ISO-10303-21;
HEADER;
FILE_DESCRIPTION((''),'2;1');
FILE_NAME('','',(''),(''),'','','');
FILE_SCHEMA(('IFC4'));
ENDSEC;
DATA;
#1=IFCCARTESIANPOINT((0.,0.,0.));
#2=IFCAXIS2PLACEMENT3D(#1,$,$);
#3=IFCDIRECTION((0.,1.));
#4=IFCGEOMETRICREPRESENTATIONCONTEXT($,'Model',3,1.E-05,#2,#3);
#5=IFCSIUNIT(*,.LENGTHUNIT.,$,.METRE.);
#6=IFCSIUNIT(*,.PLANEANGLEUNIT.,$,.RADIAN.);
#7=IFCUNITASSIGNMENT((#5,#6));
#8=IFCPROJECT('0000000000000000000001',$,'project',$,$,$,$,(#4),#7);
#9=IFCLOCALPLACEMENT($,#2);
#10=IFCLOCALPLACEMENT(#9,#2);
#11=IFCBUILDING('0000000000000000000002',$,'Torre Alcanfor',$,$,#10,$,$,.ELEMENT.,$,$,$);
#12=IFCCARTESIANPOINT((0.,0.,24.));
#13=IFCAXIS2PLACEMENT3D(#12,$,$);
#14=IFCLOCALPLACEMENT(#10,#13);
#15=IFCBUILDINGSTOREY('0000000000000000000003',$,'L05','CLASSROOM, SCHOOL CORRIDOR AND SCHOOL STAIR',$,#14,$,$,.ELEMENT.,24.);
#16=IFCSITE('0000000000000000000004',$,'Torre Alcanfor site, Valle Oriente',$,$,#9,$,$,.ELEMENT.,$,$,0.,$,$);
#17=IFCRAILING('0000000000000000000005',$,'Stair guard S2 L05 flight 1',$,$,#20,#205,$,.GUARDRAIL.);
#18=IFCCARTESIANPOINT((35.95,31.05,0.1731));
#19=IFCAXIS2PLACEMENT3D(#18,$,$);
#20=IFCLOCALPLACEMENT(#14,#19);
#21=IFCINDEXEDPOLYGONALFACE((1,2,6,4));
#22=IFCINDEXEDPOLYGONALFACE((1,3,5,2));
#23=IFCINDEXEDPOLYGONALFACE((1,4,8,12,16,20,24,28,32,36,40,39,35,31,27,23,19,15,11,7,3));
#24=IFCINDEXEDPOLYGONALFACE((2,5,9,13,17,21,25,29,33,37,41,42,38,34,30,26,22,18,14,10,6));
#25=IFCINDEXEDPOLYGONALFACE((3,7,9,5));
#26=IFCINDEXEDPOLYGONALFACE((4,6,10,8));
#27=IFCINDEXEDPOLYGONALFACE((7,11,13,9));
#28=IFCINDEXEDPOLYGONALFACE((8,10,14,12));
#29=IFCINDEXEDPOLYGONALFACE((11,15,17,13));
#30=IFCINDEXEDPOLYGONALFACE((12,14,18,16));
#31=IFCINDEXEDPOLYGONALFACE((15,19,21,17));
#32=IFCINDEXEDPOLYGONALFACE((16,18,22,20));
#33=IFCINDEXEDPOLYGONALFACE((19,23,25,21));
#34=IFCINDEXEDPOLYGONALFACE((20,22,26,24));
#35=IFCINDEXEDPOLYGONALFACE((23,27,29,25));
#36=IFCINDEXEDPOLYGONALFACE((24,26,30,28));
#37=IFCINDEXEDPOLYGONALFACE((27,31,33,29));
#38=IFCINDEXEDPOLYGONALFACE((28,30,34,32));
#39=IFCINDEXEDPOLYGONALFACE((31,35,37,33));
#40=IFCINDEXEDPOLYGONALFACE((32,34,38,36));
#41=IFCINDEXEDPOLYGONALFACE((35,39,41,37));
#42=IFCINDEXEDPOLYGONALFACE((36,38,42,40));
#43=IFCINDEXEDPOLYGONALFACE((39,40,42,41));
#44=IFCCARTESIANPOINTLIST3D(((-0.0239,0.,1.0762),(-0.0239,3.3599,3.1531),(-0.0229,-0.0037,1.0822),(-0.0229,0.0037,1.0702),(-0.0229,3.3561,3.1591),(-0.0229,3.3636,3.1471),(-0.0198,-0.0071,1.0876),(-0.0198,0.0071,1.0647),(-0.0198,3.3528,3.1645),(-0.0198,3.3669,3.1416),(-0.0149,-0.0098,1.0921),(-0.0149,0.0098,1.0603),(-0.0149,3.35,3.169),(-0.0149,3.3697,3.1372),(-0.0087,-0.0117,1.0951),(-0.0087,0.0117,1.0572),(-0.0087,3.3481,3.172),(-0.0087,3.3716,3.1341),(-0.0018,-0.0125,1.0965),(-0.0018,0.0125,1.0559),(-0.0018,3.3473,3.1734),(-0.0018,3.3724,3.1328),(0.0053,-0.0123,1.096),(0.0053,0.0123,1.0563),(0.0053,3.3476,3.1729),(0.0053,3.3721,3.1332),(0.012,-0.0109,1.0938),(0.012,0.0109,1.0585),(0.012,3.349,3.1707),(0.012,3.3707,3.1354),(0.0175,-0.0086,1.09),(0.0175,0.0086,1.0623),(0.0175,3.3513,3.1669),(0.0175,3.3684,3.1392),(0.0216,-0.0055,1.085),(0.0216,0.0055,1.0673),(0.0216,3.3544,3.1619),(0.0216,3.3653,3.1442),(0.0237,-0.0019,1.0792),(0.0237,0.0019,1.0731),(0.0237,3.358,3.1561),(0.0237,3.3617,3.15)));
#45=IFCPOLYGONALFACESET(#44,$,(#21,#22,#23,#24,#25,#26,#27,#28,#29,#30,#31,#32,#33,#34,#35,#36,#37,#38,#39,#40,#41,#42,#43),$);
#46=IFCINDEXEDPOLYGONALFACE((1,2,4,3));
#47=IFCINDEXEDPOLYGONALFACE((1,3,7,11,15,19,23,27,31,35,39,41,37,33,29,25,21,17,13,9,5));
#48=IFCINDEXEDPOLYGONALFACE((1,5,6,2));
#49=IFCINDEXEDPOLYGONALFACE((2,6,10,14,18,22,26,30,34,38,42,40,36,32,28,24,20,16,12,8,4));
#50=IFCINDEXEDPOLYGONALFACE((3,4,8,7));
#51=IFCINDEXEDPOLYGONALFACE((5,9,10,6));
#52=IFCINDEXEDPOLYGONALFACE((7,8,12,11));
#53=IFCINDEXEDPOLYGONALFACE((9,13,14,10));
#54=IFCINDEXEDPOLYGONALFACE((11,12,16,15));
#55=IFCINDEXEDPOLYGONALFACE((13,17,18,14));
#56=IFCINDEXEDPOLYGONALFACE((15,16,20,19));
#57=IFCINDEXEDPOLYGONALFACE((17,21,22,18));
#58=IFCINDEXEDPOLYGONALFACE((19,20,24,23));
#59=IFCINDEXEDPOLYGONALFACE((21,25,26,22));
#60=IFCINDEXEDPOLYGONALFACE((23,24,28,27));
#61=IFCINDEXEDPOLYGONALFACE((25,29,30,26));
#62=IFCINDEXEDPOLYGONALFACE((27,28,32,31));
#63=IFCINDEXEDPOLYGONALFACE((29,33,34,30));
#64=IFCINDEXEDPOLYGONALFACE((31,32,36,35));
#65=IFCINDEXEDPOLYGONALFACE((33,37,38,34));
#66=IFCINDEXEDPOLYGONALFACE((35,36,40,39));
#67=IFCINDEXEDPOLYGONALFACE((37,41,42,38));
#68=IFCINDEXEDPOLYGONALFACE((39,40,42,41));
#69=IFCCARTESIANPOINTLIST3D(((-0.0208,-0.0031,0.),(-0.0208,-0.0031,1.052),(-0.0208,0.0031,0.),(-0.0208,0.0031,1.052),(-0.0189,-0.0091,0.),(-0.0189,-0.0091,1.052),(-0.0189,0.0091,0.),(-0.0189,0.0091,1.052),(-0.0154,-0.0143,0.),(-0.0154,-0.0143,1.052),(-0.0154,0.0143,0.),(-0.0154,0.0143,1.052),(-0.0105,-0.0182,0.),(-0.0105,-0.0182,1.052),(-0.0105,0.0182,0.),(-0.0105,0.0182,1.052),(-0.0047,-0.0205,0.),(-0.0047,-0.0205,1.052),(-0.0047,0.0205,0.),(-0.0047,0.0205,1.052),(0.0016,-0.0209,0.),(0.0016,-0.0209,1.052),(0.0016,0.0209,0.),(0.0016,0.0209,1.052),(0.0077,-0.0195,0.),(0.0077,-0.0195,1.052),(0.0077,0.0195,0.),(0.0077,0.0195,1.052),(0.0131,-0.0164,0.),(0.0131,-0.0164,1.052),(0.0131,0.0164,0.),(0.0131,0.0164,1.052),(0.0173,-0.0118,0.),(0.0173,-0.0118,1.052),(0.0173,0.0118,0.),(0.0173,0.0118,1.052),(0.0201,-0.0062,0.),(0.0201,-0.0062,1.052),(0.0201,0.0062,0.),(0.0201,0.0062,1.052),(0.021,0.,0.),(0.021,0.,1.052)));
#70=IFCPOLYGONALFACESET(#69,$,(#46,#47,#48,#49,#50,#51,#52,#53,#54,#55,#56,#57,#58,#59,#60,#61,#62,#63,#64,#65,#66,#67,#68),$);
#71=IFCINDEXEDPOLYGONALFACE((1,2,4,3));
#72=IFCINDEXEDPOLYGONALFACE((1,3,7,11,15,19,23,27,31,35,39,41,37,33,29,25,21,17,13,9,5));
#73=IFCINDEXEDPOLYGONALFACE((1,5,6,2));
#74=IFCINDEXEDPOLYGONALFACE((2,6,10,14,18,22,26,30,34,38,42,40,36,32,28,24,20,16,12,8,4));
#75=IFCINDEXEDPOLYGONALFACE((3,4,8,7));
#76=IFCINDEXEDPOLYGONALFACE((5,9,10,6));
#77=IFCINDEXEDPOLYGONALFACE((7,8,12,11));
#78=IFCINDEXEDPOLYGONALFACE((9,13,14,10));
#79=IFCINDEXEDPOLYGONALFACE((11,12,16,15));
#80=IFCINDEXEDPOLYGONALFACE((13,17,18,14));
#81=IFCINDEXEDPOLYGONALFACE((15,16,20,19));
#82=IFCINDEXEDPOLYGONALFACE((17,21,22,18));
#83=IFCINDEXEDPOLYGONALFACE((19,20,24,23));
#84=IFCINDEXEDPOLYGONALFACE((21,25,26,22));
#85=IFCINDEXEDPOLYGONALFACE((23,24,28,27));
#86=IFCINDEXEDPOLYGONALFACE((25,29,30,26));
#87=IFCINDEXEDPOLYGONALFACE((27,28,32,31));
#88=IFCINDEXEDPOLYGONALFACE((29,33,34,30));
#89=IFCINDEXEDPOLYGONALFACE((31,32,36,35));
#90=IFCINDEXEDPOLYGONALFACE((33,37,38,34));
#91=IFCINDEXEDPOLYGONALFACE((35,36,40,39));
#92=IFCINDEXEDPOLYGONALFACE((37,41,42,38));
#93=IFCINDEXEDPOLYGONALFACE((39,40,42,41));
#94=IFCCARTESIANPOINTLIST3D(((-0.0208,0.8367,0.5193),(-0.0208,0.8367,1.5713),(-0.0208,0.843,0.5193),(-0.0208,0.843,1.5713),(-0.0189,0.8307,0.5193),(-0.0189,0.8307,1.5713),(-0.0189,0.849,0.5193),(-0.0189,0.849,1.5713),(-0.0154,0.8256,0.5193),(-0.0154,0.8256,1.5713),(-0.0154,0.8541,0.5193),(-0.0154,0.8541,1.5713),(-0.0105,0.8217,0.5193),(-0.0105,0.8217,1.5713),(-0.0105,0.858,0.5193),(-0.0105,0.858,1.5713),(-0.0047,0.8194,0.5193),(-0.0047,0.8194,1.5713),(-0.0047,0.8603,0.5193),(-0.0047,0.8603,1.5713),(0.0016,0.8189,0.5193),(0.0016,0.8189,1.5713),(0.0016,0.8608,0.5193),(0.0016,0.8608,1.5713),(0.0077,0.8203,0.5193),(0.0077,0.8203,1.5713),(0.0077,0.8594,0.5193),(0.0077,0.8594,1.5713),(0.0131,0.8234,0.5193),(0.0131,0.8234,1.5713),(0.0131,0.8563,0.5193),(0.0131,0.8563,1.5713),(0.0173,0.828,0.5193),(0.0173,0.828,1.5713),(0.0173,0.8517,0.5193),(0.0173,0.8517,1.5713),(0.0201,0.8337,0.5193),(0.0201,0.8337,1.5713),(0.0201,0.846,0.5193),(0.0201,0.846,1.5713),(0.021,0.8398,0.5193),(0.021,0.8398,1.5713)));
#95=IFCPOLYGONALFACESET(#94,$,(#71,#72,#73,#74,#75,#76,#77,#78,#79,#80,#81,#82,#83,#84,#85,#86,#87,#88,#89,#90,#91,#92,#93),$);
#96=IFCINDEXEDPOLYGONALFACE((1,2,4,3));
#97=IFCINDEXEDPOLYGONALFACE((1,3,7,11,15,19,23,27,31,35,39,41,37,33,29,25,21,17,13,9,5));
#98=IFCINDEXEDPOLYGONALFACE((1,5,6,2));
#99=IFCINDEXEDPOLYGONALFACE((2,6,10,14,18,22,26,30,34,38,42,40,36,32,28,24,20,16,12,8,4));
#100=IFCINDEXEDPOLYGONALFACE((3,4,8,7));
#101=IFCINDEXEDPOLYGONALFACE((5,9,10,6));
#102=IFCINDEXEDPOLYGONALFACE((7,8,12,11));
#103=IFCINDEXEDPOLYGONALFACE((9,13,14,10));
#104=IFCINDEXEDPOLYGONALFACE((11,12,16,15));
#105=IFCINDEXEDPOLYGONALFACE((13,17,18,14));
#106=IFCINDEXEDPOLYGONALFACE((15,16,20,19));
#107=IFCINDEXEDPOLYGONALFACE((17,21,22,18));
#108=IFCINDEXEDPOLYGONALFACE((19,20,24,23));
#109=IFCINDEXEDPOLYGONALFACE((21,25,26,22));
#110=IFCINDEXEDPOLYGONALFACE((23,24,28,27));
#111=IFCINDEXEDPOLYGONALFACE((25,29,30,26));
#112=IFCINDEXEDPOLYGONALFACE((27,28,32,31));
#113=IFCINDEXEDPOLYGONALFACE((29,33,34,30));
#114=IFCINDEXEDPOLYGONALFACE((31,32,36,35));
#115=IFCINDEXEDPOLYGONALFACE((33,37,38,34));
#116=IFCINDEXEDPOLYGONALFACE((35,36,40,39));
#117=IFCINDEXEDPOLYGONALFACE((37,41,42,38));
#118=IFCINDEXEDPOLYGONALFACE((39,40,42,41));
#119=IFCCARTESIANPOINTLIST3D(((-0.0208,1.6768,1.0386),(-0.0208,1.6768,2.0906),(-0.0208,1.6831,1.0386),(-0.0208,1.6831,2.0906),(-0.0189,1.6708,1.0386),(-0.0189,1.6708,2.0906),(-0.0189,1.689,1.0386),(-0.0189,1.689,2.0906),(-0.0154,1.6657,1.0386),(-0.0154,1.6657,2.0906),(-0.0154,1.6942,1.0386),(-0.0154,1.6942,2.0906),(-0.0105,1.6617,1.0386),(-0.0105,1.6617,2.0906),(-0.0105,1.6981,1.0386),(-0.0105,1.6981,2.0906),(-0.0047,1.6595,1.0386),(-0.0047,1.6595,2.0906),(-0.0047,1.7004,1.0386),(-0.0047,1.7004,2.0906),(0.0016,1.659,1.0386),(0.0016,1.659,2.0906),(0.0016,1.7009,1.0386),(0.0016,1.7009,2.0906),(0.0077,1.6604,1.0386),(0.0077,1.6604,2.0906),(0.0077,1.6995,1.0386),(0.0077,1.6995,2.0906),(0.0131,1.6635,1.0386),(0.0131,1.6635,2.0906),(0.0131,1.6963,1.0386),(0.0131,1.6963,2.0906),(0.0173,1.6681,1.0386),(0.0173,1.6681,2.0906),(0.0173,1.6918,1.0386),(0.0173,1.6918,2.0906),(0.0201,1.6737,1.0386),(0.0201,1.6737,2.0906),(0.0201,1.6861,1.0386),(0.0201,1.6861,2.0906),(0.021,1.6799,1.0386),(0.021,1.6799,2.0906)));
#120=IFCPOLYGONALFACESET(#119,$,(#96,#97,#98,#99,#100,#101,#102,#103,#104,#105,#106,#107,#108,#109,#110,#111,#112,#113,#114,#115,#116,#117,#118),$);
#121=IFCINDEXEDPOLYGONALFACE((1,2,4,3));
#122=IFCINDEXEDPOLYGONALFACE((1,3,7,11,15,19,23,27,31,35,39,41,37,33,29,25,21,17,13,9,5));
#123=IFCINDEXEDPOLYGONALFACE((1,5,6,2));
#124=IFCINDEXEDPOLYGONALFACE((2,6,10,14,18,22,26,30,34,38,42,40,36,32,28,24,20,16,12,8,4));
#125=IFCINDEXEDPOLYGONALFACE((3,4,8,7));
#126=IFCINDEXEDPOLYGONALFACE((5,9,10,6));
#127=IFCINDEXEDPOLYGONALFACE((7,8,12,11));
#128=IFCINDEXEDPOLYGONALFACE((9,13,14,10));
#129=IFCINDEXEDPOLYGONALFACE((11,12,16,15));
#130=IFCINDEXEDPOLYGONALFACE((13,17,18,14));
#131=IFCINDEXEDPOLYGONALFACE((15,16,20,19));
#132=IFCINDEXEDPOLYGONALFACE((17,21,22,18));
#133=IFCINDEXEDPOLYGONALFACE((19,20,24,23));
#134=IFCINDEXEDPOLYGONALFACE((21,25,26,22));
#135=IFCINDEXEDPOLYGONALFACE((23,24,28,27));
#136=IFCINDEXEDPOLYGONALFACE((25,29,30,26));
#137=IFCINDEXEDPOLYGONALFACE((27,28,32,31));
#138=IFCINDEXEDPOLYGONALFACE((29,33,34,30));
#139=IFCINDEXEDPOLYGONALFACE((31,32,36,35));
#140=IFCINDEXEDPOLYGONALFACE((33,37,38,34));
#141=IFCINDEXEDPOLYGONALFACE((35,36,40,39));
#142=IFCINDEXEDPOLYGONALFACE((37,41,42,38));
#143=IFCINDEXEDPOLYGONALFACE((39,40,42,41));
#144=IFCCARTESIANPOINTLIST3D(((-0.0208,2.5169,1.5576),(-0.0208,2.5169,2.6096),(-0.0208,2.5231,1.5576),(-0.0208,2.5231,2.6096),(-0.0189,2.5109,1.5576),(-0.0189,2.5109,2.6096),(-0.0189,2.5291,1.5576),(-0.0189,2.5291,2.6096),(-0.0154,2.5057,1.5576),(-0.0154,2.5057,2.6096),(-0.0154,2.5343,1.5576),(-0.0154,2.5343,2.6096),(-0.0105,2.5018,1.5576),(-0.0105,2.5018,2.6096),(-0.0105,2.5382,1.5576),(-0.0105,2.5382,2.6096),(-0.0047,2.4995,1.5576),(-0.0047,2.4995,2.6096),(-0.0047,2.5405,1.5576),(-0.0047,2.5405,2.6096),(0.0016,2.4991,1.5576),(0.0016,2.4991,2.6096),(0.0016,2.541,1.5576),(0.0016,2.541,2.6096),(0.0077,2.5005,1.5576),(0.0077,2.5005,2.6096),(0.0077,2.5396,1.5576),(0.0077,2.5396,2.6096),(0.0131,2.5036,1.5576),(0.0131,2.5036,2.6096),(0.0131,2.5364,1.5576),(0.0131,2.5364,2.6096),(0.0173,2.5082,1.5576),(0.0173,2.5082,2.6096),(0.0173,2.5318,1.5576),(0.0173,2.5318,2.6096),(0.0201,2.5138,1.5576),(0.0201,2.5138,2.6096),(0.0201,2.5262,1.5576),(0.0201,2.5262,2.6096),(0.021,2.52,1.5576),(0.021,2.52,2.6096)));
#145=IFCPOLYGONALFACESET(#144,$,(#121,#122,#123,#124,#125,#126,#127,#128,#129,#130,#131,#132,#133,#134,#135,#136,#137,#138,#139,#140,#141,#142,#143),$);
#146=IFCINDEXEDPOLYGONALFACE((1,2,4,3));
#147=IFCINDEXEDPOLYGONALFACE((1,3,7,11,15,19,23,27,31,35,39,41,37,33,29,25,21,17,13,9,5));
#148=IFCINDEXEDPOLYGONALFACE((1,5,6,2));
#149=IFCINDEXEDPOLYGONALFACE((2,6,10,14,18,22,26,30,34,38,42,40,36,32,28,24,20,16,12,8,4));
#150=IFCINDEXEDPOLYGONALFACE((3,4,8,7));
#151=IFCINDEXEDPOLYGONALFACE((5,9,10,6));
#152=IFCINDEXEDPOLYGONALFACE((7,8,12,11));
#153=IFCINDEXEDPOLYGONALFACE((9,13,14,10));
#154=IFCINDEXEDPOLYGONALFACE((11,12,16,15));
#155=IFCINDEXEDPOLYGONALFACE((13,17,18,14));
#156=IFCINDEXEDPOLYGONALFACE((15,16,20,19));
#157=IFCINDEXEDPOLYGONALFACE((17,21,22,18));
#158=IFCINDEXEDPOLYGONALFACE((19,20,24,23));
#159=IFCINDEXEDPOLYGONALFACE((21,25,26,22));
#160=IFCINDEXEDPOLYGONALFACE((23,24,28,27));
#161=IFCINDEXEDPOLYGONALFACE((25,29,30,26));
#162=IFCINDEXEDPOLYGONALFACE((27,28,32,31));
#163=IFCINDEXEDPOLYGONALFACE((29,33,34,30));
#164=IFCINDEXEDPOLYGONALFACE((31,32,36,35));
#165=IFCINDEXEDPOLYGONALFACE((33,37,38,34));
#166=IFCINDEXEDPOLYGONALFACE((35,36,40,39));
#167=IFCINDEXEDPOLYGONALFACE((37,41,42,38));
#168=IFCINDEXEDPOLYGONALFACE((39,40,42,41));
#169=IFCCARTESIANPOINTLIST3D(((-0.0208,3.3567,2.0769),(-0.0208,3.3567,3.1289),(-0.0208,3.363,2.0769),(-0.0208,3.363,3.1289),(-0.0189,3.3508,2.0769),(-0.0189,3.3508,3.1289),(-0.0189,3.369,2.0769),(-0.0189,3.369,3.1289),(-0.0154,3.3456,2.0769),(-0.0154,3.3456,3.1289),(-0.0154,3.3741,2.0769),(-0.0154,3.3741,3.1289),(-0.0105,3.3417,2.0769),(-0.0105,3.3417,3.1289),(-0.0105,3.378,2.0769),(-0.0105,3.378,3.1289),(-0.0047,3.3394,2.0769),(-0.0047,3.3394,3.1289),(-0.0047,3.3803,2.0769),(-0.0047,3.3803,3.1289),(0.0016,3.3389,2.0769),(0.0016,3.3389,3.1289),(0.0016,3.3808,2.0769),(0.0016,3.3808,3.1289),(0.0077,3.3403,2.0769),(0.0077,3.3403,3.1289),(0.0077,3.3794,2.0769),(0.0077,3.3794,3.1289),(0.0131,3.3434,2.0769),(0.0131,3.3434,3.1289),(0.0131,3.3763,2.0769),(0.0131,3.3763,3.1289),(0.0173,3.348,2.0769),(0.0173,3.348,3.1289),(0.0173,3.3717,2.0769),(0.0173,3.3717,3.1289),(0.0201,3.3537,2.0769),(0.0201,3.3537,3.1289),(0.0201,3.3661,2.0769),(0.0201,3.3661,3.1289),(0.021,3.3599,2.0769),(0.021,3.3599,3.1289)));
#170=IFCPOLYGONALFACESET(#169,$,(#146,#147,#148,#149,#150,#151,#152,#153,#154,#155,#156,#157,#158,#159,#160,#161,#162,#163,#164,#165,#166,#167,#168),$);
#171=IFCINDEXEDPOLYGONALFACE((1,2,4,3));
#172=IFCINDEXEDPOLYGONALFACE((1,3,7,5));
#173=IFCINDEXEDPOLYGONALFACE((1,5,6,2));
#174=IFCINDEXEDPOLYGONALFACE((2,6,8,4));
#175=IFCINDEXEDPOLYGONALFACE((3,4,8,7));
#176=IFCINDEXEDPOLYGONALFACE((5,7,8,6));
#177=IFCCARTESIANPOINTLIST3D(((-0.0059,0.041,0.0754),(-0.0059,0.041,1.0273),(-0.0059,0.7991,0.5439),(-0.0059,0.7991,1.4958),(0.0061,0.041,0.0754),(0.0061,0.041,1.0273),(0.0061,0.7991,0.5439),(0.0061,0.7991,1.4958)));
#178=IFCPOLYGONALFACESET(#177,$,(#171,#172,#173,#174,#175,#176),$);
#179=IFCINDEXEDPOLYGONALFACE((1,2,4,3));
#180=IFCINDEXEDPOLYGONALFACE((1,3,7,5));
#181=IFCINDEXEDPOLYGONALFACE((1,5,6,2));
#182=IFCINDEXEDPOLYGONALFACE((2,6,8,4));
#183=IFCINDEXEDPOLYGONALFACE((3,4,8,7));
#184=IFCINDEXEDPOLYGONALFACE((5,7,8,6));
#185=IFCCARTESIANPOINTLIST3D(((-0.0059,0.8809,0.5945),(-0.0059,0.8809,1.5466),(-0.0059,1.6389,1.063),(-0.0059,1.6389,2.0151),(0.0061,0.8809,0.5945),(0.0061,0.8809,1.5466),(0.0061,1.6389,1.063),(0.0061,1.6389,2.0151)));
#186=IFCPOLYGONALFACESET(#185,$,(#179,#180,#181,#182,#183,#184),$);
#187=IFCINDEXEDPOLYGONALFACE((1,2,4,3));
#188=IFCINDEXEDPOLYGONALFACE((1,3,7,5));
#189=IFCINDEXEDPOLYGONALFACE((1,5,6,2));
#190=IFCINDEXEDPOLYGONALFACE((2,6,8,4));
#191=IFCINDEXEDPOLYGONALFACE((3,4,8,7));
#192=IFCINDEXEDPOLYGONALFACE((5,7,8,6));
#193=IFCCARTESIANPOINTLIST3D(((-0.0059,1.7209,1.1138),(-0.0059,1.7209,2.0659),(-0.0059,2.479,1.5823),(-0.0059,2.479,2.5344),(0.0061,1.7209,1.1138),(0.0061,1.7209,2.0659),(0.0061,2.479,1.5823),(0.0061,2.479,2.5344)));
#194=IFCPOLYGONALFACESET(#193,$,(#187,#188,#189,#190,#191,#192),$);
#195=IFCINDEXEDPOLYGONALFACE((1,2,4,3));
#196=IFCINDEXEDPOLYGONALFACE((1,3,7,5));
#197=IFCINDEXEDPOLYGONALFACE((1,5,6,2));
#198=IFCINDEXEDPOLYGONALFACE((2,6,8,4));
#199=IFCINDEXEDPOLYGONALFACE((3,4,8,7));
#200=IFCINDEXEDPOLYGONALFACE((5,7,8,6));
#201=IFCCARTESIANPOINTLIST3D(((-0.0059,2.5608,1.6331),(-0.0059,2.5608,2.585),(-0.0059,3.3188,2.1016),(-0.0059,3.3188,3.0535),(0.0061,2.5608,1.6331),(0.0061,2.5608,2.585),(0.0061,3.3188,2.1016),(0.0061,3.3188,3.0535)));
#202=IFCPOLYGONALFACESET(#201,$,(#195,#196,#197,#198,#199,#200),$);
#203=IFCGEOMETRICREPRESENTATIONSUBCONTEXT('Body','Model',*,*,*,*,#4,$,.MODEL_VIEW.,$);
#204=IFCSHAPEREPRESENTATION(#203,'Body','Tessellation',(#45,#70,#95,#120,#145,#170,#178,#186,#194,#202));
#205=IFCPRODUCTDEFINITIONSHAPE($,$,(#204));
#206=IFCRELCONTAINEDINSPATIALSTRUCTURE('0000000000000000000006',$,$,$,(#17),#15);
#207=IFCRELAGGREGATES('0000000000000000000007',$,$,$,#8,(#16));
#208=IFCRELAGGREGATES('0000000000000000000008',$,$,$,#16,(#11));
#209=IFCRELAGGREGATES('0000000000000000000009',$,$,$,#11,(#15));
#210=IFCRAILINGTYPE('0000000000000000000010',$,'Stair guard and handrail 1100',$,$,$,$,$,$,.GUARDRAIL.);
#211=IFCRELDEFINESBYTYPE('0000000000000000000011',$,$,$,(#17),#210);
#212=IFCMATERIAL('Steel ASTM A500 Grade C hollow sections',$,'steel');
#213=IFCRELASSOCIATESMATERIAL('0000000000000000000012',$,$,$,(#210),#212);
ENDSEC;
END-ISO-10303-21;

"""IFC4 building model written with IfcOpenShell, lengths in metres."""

from ifc_helpers import new_model, si_unit, direction, frame, origin, origin_2d, place, context, subcontext, project, spatial, polyline, circle, outline, extrude, material, type_object, element, save


model = new_model("IFC4")

# Units and contexts
model_context = context("Model", 3, precision=1e-05, world=origin(), true_north=direction((0.0, 1.0)))
body_context = subcontext(model_context, "Body", "Model", "MODEL_VIEW")
ifc_project = project(units=[si_unit("LENGTHUNIT", "METRE"), si_unit("PLANEANGLEUNIT", "RADIAN")], contexts=[model_context])

# Site, building, storey
site_placement = place(None, origin())
site = spatial("IfcSite", under=ifc_project, at=site_placement, Name="Torre Alcanfor site, Valle Oriente", CompositionType="ELEMENT", RefElevation=0.0)
building_placement = place(site_placement, origin())
building = spatial("IfcBuilding", under=site, at=building_placement, Name="Torre Alcanfor", CompositionType="ELEMENT")
storey_placement = place(building_placement, frame((0.0, 0.0, 24.0)))
storey = spatial("IfcBuildingStorey", under=building, at=storey_placement, Name="L05", Description="CLASSROOM, SCHOOL CORRIDOR AND SCHOOL STAIR", CompositionType="ELEMENT", Elevation=24.0)

# Railing
ifc_material_1 = material(Name="Steel ASTM A500 Grade C hollow sections", Category="steel")
railing_type_1 = type_object("IfcRailingType", Name="Stair guard and handrail 1100", PredefinedType="GUARDRAIL", material=ifc_material_1)
railing_1_placement = place(storey_placement, frame((35.95, 31.05, 0.1731)))
element("IfcRailing", 1, at=railing_1_placement, inside=storey, type_object=railing_type_1, Name="Stair guard S2 L05 flight 1", PredefinedType="GUARDRAIL", context=body_context, shape_type="SweptSolid", body=[
    extrude(circle(Radius=0.0239, at=origin_2d()), frame((0.0, 0.0, 1.0762), z_axis=(0.0, 0.850606, 0.525803), x_axis=(-1.0, 0.0, 0.0)), (0.0, 0.0, 1.0), 3.95),
    extrude(circle(Radius=0.021, at=origin_2d()), origin(), (0.0, 0.0, 1.0), 1.052),
    extrude(circle(Radius=0.021, at=origin_2d()), frame((0.0, 0.8398, 0.5193)), (0.0, 0.0, 1.0), 1.052),
    extrude(circle(Radius=0.021, at=origin_2d()), frame((0.0, 1.6799, 1.0386)), (0.0, 0.0, 1.0), 1.052),
    extrude(circle(Radius=0.021, at=origin_2d()), frame((0.0, 2.52, 1.5576)), (0.0, 0.0, 1.0), 1.052),
    extrude(circle(Radius=0.021, at=origin_2d()), frame((0.0, 3.3599, 2.0769)), (0.0, 0.0, 1.0), 1.052),
    extrude(outline(polyline([(0.041, 0.0754), (0.7991, 0.5439), (0.7991, 1.4958), (0.041, 1.0273), (0.041, 0.0754)])), frame((-0.0059, 0.0, 0.0), z_axis=(1.0, 0.0, 0.0), x_axis=(0.0, 1.0, 0.0)), (0.0, 0.0, 1.0), 0.012),
    extrude(outline(polyline([(0.8809, 0.5945), (1.6389, 1.063), (1.6389, 2.0151), (0.8809, 1.5466), (0.8809, 0.5945)])), frame((-0.0059, 0.0, 0.0), z_axis=(1.0, 0.0, 0.0), x_axis=(0.0, 1.0, 0.0)), (0.0, 0.0, 1.0), 0.012),
    extrude(outline(polyline([(1.7209, 1.1138), (2.479, 1.5823), (2.479, 2.5344), (1.7209, 2.0659), (1.7209, 1.1138)])), frame((-0.0059, 0.0, 0.0), z_axis=(1.0, 0.0, 0.0), x_axis=(0.0, 1.0, 0.0)), (0.0, 0.0, 1.0), 0.012),
    extrude(outline(polyline([(2.5608, 1.6331), (3.3188, 2.1016), (3.3188, 3.0535), (2.5608, 2.585), (2.5608, 1.6331)])), frame((-0.0059, 0.0, 0.0), z_axis=(1.0, 0.0, 0.0), x_axis=(0.0, 1.0, 0.0)), (0.0, 0.0, 1.0), 0.012),
])

save(model, "model.ifc")
